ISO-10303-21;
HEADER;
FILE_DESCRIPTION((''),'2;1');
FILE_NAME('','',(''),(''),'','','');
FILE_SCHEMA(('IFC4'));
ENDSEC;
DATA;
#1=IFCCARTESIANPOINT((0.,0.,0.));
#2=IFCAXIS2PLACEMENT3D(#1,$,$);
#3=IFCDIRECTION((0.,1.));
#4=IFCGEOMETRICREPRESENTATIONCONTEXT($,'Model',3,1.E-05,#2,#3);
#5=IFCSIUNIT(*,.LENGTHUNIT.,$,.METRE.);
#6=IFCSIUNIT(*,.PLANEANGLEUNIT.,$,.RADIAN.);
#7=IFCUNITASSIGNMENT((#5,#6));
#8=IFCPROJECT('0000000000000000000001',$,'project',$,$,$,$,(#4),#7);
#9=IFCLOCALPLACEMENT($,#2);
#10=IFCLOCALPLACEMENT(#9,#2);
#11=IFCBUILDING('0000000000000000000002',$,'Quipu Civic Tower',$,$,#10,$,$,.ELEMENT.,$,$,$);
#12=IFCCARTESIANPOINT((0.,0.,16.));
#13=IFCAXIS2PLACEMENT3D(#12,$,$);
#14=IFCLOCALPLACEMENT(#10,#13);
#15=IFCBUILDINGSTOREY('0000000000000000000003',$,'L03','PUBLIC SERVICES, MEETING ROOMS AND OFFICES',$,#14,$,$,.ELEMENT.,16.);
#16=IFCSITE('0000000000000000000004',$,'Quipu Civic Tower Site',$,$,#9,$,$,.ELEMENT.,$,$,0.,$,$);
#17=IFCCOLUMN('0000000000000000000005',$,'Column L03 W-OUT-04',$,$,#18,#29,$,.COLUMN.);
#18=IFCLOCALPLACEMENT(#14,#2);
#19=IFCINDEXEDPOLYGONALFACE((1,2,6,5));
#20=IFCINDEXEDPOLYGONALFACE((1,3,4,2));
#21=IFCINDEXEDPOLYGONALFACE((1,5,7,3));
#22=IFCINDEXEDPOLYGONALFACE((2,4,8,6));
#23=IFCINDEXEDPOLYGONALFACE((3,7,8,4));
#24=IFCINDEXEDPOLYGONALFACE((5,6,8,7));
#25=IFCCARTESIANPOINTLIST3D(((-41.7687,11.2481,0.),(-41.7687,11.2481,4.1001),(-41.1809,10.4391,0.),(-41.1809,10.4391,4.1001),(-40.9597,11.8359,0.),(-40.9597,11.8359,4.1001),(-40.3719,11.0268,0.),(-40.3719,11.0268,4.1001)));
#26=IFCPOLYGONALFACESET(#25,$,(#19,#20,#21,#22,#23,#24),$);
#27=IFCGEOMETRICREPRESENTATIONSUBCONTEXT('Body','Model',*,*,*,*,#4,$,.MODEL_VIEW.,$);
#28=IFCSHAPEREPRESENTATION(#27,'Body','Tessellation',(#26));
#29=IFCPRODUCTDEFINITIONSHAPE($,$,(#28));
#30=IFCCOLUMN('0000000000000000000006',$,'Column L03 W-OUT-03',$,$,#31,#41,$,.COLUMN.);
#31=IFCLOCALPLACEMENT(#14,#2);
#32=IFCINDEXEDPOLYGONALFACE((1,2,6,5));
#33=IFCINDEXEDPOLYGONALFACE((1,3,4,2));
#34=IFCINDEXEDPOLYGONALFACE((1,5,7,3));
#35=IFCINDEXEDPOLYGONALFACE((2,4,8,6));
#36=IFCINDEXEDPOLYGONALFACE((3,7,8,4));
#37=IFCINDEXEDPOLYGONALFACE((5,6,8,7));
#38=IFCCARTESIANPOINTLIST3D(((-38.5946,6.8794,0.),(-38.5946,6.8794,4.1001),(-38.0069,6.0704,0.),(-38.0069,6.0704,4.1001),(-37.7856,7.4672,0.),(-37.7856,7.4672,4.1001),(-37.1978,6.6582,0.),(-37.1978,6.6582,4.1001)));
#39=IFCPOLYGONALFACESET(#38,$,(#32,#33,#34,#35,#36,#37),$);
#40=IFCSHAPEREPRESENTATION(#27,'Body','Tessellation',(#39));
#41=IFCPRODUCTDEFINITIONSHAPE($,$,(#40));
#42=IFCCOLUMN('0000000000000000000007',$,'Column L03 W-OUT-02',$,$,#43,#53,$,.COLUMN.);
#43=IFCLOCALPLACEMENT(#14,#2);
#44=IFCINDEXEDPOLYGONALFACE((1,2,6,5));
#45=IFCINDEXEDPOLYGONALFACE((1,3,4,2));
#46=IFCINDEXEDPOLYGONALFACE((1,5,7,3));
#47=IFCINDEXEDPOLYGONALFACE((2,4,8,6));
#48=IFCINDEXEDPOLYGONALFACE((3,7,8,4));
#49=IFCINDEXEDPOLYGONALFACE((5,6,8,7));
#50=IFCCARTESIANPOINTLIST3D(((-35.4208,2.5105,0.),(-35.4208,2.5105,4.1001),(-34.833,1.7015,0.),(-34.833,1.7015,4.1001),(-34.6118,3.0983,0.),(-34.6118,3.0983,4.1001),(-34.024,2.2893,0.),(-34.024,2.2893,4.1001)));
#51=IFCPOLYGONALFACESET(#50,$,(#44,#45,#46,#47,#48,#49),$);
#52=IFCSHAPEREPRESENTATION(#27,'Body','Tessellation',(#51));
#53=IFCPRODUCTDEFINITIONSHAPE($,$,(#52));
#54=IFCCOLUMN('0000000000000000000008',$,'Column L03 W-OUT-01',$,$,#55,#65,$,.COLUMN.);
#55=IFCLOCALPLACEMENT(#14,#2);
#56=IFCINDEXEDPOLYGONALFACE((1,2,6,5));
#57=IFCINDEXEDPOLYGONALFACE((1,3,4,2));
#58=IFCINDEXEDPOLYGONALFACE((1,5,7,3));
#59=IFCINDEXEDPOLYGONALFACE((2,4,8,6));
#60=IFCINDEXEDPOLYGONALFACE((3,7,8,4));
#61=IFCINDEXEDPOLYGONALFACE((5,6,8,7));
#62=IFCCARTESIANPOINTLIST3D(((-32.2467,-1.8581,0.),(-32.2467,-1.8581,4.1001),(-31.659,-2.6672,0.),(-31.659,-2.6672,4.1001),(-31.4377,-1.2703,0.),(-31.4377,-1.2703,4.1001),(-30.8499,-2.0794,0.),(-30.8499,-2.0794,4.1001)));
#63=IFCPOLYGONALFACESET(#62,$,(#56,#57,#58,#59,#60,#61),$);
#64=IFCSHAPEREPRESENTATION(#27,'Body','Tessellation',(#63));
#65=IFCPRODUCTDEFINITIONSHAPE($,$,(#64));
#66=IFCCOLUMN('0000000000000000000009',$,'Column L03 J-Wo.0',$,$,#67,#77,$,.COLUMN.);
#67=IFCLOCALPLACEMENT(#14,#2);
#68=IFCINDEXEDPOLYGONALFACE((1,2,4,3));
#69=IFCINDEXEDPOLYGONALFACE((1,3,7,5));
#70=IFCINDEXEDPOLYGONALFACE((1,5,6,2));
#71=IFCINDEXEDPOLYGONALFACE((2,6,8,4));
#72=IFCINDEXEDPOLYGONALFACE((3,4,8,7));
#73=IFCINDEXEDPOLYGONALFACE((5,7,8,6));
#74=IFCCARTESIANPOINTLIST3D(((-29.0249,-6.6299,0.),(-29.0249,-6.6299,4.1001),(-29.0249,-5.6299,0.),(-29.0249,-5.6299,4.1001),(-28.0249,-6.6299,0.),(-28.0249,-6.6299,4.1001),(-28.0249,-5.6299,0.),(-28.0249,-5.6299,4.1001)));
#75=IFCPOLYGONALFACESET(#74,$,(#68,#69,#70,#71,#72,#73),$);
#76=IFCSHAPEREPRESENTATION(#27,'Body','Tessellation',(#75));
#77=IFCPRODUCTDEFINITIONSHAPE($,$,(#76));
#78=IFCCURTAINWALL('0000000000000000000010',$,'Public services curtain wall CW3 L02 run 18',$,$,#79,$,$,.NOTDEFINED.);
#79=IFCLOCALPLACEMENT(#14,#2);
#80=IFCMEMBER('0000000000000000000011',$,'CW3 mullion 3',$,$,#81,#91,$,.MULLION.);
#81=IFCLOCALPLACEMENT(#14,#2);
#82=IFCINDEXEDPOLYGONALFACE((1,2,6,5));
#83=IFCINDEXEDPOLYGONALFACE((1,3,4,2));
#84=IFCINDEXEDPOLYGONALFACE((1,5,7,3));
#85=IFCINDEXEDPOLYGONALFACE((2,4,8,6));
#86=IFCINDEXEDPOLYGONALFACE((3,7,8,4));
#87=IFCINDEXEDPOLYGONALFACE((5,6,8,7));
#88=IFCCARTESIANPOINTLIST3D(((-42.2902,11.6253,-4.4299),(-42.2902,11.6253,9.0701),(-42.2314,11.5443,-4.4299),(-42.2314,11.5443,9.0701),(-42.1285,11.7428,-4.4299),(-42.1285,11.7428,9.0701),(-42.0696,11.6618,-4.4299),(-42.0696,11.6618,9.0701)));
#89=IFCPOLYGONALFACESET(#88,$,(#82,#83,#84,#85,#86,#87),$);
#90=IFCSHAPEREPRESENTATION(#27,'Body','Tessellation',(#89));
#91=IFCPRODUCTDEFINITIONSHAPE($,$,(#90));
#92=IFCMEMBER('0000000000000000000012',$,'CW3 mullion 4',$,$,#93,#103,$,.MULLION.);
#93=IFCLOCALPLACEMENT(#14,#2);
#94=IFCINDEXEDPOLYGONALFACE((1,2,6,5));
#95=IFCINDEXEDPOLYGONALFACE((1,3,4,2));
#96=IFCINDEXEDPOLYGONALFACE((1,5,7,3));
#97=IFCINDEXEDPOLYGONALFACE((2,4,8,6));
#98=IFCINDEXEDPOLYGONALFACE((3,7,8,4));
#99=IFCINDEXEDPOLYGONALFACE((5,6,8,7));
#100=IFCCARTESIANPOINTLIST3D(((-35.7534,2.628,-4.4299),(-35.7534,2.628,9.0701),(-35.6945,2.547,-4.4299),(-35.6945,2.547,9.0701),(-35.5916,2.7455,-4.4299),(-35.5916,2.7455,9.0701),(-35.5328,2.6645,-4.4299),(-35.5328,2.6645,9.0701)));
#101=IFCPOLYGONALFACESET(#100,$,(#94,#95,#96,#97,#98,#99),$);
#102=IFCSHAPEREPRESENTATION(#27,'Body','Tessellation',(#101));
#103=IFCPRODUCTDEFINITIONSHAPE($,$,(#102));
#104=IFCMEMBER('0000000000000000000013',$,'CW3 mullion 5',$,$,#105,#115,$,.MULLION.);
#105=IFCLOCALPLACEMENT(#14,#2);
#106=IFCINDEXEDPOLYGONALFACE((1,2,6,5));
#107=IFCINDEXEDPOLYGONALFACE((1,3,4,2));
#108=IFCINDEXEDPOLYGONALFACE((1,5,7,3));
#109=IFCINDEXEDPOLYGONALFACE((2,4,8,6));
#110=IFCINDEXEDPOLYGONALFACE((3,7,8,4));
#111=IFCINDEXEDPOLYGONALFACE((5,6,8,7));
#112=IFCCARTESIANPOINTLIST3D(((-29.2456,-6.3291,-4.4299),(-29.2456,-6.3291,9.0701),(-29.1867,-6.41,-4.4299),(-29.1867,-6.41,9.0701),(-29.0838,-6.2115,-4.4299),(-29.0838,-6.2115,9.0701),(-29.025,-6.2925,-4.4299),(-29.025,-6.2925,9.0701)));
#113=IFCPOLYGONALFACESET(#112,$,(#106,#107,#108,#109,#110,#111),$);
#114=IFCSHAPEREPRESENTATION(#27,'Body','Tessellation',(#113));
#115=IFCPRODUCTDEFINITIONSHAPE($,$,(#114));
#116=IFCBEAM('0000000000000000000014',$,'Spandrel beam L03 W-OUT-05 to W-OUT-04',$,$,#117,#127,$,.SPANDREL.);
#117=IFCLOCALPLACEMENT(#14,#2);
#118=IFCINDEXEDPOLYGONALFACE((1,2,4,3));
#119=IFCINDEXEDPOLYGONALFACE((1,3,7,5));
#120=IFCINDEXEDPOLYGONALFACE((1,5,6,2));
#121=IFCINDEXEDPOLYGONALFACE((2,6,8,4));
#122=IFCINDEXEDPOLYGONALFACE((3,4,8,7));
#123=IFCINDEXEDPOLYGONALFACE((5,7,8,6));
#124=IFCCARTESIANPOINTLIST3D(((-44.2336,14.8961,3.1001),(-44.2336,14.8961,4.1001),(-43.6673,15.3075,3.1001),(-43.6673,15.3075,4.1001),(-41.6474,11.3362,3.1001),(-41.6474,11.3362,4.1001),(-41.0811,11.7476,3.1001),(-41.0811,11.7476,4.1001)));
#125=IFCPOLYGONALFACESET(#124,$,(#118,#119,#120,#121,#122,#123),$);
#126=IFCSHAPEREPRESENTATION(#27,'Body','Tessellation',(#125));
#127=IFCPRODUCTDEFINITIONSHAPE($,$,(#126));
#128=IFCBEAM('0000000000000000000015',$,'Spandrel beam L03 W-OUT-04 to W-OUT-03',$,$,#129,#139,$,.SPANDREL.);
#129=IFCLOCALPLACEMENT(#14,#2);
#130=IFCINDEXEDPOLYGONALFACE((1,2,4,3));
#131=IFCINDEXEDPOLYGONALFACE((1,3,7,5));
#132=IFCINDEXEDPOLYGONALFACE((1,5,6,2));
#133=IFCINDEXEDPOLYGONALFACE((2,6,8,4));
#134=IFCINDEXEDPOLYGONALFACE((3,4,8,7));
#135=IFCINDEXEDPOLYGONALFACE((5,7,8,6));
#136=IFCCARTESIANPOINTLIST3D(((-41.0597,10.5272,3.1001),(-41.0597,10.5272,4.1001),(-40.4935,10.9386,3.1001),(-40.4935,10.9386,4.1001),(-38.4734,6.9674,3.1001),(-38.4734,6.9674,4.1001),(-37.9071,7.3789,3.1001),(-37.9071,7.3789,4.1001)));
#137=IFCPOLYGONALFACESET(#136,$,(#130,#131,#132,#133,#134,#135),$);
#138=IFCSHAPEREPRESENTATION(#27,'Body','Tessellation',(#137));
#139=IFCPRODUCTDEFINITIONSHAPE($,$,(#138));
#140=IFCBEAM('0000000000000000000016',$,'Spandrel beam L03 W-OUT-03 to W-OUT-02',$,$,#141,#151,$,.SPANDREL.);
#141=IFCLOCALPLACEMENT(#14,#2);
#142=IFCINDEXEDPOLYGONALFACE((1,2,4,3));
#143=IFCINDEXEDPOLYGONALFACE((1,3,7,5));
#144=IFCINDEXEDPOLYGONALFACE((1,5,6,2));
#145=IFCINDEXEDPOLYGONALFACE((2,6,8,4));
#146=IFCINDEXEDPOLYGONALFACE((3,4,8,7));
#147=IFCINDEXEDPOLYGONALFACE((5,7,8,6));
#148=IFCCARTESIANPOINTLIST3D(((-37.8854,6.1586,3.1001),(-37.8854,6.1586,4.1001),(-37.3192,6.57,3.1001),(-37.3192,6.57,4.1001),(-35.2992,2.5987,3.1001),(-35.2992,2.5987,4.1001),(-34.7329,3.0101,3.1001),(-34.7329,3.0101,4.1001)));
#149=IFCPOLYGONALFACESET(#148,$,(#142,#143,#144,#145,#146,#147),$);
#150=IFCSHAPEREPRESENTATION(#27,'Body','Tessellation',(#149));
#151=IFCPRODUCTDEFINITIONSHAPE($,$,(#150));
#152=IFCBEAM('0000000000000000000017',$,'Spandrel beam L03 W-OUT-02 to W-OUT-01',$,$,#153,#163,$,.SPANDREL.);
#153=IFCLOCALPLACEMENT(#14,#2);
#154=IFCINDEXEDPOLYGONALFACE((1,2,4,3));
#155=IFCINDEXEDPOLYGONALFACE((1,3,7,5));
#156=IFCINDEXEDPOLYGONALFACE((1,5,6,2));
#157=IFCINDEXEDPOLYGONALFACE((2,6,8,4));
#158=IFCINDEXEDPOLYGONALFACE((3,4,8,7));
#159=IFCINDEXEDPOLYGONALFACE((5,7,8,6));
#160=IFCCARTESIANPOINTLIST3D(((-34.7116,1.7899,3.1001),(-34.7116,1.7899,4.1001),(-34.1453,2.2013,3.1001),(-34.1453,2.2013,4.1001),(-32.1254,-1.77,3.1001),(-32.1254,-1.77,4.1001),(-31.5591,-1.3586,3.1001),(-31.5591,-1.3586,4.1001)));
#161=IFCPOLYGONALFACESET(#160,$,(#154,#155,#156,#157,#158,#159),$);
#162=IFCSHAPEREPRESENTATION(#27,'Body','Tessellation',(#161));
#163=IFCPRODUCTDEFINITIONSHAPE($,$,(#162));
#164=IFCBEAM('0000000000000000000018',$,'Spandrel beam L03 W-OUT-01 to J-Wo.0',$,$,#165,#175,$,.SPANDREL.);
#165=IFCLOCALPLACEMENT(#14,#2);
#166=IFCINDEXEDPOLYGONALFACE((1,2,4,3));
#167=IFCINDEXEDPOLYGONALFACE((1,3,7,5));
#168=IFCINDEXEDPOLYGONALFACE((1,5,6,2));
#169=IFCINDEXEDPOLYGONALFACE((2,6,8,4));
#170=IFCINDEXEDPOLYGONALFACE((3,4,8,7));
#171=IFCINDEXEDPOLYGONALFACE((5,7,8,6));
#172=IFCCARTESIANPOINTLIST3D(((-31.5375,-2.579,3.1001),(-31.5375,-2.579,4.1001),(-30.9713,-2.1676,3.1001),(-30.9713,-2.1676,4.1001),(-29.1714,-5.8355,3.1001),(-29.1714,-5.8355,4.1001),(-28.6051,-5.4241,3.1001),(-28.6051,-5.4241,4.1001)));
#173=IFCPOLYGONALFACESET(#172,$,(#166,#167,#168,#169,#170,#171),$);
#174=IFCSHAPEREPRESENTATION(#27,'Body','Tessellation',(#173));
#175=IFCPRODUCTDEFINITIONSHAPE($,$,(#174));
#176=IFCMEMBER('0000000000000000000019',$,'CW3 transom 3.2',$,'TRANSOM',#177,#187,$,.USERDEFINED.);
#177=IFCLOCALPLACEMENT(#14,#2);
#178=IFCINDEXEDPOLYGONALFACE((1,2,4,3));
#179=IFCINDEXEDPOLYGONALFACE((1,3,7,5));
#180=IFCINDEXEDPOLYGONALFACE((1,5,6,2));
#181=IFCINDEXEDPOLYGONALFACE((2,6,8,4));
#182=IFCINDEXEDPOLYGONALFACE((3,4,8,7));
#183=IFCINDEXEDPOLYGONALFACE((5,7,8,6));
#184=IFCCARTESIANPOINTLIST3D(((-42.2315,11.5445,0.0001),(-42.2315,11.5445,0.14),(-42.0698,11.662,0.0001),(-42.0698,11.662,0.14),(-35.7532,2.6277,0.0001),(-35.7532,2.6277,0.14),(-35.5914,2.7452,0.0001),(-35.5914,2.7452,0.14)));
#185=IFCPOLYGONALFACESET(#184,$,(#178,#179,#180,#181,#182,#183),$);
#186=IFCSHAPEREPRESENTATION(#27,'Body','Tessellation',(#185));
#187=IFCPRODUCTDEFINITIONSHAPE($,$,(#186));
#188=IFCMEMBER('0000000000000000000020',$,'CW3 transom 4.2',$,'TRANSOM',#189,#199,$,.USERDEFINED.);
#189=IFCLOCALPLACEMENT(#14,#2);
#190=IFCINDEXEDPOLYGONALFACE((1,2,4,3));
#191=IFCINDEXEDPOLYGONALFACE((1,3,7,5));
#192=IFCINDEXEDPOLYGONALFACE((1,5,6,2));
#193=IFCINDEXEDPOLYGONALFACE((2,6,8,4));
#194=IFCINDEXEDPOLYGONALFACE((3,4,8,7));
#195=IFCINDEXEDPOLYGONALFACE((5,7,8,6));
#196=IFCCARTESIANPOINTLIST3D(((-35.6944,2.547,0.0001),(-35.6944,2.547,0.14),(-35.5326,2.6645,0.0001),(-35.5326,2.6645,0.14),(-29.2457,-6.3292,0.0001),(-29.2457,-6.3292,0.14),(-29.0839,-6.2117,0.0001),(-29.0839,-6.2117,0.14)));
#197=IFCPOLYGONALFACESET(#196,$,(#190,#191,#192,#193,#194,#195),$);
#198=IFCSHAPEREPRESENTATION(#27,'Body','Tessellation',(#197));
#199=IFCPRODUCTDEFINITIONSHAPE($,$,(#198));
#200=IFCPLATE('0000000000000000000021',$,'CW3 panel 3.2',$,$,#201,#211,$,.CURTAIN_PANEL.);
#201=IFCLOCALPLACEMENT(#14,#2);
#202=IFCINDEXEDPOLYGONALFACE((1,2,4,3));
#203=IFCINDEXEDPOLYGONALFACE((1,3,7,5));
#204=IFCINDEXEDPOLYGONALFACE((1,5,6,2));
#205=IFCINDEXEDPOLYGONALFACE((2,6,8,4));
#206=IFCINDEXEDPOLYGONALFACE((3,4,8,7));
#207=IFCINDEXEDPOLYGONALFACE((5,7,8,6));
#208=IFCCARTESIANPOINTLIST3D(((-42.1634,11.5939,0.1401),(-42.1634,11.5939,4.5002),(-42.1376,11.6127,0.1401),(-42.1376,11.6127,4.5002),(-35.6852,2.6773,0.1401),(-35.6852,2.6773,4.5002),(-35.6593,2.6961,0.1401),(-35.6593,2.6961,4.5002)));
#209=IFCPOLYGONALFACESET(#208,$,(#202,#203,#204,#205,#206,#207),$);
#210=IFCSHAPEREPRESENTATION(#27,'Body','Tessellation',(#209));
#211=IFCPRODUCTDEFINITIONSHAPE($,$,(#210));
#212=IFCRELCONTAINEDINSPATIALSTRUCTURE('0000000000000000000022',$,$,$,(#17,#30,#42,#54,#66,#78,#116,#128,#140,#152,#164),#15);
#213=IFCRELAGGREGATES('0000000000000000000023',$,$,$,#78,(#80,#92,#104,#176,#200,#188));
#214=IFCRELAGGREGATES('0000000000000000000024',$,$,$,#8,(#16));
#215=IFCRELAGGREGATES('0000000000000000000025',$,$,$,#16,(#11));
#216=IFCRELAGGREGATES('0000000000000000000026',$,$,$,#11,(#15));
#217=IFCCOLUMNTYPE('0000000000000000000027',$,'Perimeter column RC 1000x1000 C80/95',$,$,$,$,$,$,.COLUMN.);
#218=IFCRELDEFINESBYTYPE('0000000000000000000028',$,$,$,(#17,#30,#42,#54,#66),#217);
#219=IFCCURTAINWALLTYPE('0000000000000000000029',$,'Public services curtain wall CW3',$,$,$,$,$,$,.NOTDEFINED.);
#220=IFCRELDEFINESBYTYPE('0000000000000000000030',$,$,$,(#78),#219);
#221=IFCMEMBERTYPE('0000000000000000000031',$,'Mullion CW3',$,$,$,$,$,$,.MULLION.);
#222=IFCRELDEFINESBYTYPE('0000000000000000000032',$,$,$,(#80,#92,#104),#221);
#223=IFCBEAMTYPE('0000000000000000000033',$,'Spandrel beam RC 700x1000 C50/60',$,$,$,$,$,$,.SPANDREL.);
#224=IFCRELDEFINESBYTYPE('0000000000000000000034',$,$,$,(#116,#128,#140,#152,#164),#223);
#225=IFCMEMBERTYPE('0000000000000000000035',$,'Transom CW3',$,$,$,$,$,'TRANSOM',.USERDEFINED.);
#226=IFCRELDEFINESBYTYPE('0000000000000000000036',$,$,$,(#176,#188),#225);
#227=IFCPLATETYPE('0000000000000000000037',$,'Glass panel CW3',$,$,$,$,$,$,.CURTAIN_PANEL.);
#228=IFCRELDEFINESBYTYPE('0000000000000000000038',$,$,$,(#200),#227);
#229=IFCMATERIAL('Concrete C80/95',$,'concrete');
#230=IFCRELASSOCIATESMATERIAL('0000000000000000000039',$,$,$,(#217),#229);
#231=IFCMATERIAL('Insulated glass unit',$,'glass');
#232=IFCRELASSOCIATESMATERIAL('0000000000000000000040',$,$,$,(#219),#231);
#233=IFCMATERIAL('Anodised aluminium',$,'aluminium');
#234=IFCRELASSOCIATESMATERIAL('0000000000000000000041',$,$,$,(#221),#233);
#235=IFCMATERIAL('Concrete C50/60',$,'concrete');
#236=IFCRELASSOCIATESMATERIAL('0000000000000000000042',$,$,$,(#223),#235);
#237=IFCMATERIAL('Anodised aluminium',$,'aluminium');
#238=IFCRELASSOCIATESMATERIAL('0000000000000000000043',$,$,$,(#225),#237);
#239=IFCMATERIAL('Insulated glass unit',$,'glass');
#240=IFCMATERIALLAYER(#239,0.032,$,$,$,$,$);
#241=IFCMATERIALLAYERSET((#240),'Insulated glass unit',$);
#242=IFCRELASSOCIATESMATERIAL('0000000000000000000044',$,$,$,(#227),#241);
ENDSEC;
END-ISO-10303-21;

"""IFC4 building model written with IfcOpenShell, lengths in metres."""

from ifc_helpers import new_model, si_unit, direction, frame, origin, origin_2d, place, context, subcontext, project, spatial, rectangle, extrude, material, layer, layer_set, material_profile, profile_set, type_object, element, aggregate, save


model = new_model("IFC4")

# Units and contexts
model_context = context("Model", 3, precision=1e-05, world=origin(), true_north=direction((0.0, 1.0)))
body_context = subcontext(model_context, "Body", "Model", "MODEL_VIEW")
ifc_project = project(units=[si_unit("LENGTHUNIT", "METRE"), si_unit("PLANEANGLEUNIT", "RADIAN")], contexts=[model_context])

# Site, building, storey
site_placement = place(None, origin())
site = spatial("IfcSite", under=ifc_project, at=site_placement, Name="Quipu Civic Tower Site", CompositionType="ELEMENT", RefElevation=0.0)
building_placement = place(site_placement, origin())
building = spatial("IfcBuilding", under=site, at=building_placement, Name="Quipu Civic Tower", CompositionType="ELEMENT")
storey_placement = place(building_placement, frame((0.0, 0.0, 16.0)))
storey = spatial("IfcBuildingStorey", under=building, at=storey_placement, Name="L03", Description="PUBLIC SERVICES, MEETING ROOMS AND OFFICES", CompositionType="ELEMENT", Elevation=16.0)

# Columns
ifc_material_1 = material(Name="Concrete C80/95", Category="concrete")
ifc_material_profile_1 = material_profile(ifc_material_1, rectangle(XDim=1.0, YDim=1.0, at=origin_2d()), Name="RC1000x1000")
ifc_profile_set_1 = profile_set([ifc_material_profile_1], Name="Concrete C80/95")
column_type = type_object("IfcColumnType", Name="Perimeter column RC 1000x1000 C80/95", PredefinedType="COLUMN", material=ifc_profile_set_1)
for number, where, z_axis, x_axis, name in (
    (1, (-41.0703, 11.1375, 0.0), (0.0, 0.0, 1.0), (0.587785, -0.809017, 0.0), "Column L03 W-OUT-04"),
    (2, (-37.8962, 6.7688, 0.0), (0.0, 0.0, 1.0), (0.587785, -0.809017, 0.0), "Column L03 W-OUT-03"),
    (3, (-34.7224, 2.3999, 0.0), (0.0, 0.0, 1.0), (0.587785, -0.809017, 0.0), "Column L03 W-OUT-02"),
    (4, (-31.5483, -1.9688, 0.0), (0.0, 0.0, 1.0), (0.587785, -0.809017, 0.0), "Column L03 W-OUT-01"),
    (5, (-28.5249, -6.1299, 0.0), (0.0, 0.0, 1.0), (1.0, 0.0, 0.0), "Column L03 J-Wo.0"),
):
    element("IfcColumn", number, at=place(storey_placement, frame(where, z_axis=z_axis, x_axis=x_axis)), inside=storey, type_object=column_type, Name=name, PredefinedType="COLUMN", context=body_context, shape_type="SweptSolid", body=[
        extrude(rectangle(XDim=1.0, YDim=1.0, at=origin_2d()), origin(), (0.0, 0.0, 1.0), 4.1001),
    ])

# Curtain wall, members
ifc_material_2 = material(Name="Insulated glass unit", Category="glass")
curtain_wall_type = type_object("IfcCurtainWallType", Name="Public services curtain wall CW3", PredefinedType="NOTDEFINED", material=ifc_material_2)
curtain_wall_placement = place(storey_placement, origin())
curtain_wall = element("IfcCurtainWall", 6, at=curtain_wall_placement, inside=storey, type_object=curtain_wall_type, Name="Public services curtain wall CW3 L02 run 18", PredefinedType="NOTDEFINED")
ifc_material_3 = material(Name="Anodised aluminium", Category="aluminium")
ifc_material_profile_2 = material_profile(ifc_material_3, rectangle(XDim=0.2, YDim=0.1001, at=origin_2d()), Name="RECT 200x100")
ifc_profile_set_2 = profile_set([ifc_material_profile_2], Name="Anodised aluminium")
member_type_1 = type_object("IfcMemberType", Name="Mullion CW3", PredefinedType="MULLION", material=ifc_profile_set_2)
member_1_placement = place(storey_placement, frame((-42.1799, 11.6436, -4.4299), z_axis=(0.0, 0.0, 1.0), x_axis=(0.809017, 0.587785, 0.0)))
member_1 = element("IfcMember", 7, at=member_1_placement, type_object=member_type_1, Name="CW3 mullion 3", PredefinedType="MULLION", context=body_context, shape_type="SweptSolid", body=[
    extrude(rectangle(XDim=0.2, YDim=0.1001, at=origin_2d()), origin(), (0.0, 0.0, 1.0), 13.5),
])
member_2_placement = place(storey_placement, frame((-35.6431, 2.6462, -4.4299), z_axis=(0.0, 0.0, 1.0), x_axis=(0.809017, 0.587785, 0.0)))
member_2 = element("IfcMember", 8, at=member_2_placement, type_object=member_type_1, Name="CW3 mullion 4", PredefinedType="MULLION", context=body_context, shape_type="SweptSolid", body=[
    extrude(rectangle(XDim=0.2, YDim=0.1001, at=origin_2d()), origin(), (0.0, 0.0, 1.0), 13.5),
])
member_3_placement = place(storey_placement, frame((-29.1353, -6.3108, -4.4299), z_axis=(0.0, 0.0, 1.0), x_axis=(0.809017, 0.587785, 0.0)))
member_3 = element("IfcMember", 9, at=member_3_placement, type_object=member_type_1, Name="CW3 mullion 5", PredefinedType="MULLION", context=body_context, shape_type="SweptSolid", body=[
    extrude(rectangle(XDim=0.2, YDim=0.1001, at=origin_2d()), origin(), (0.0, 0.0, 1.0), 13.5),
])

# Beams
ifc_material_4 = material(Name="Concrete C50/60", Category="concrete")
ifc_material_profile_3 = material_profile(ifc_material_4, rectangle(XDim=0.7, YDim=1.0, at=origin_2d()), Name="RC700x1000")
ifc_profile_set_3 = profile_set([ifc_material_profile_3], Name="Concrete C50/60")
beam_type = type_object("IfcBeamType", Name="Spandrel beam RC 700x1000 C50/60", PredefinedType="SPANDREL", material=ifc_profile_set_3)
for number, where, z_axis, x_axis, name in (
    (10, (-43.9504, 15.1018, 3.6001), (0.587759, -0.809036, 0.0), (0.809036, 0.587759, 0.0), "Spandrel beam L03 W-OUT-05 to W-OUT-04"),
    (11, (-40.7766, 10.7329, 3.6001), (0.587796, -0.80901, 0.0), (0.80901, 0.587796, 0.0), "Spandrel beam L03 W-OUT-04 to W-OUT-03"),
    (12, (-37.6023, 6.3643, 3.6001), (0.587759, -0.809036, 0.0), (0.809036, 0.587759, 0.0), "Spandrel beam L03 W-OUT-03 to W-OUT-02"),
    (13, (-34.4285, 1.9956, 3.6001), (0.587759, -0.809036, 0.0), (0.809036, 0.587759, 0.0), "Spandrel beam L03 W-OUT-02 to W-OUT-01"),
):
    element("IfcBeam", number, at=place(storey_placement, frame(where, z_axis=z_axis, x_axis=x_axis)), inside=storey, type_object=beam_type, Name=name, PredefinedType="SPANDREL", context=body_context, shape_type="SweptSolid", body=[
        extrude(rectangle(XDim=0.7, YDim=1.0, at=origin_2d()), origin(), (0.0, 0.0, 1.0), 4.4001),
    ])
beam_placement = place(storey_placement, frame((-31.2544, -2.3733, 3.6001), z_axis=(0.587811, -0.808998, 0.0), x_axis=(0.808998, 0.587811, 0.0)))
element("IfcBeam", 14, at=beam_placement, inside=storey, type_object=beam_type, Name="Spandrel beam L03 W-OUT-01 to J-Wo.0", PredefinedType="SPANDREL", context=body_context, shape_type="SweptSolid", body=[
    extrude(rectangle(XDim=0.7, YDim=1.0, at=origin_2d()), origin(), (0.0, 0.0, 1.0), 4.0254),
])

# Members
ifc_material_5 = material(Name="Anodised aluminium", Category="aluminium")
ifc_material_profile_4 = material_profile(ifc_material_5, rectangle(XDim=0.2, YDim=0.1399, at=origin_2d()), Name="RECT 200x140")
ifc_profile_set_4 = profile_set([ifc_material_profile_4], Name="Anodised aluminium")
member_type_2 = type_object("IfcMemberType", Name="Transom CW3", ElementType="TRANSOM", PredefinedType="USERDEFINED", material=ifc_profile_set_4)
member_4_placement = place(storey_placement, frame((-42.1506, 11.6033, 0.0701), z_axis=(0.587778, -0.809022, 0.0), x_axis=(0.809022, 0.587778, 0.0)))
member_4 = element("IfcMember", 15, at=member_4_placement, type_object=member_type_2, Name="CW3 transom 3.2", ObjectType="TRANSOM", PredefinedType="USERDEFINED", context=body_context, shape_type="SweptSolid", body=[
    extrude(rectangle(XDim=0.2, YDim=0.1399, at=origin_2d()), origin(), (0.0, 0.0, 1.0), 11.0217),
])
member_5_placement = place(storey_placement, frame((-35.6135, 2.6057, 0.0701), z_axis=(0.587772, -0.809027, 0.0), x_axis=(0.809027, 0.587772, 0.0)))
member_5 = element("IfcMember", 16, at=member_5_placement, type_object=member_type_2, Name="CW3 transom 4.2", ObjectType="TRANSOM", PredefinedType="USERDEFINED", context=body_context, shape_type="SweptSolid", body=[
    extrude(rectangle(XDim=0.2, YDim=0.1399, at=origin_2d()), origin(), (0.0, 0.0, 1.0), 10.9714),
])

# Plate
ifc_material_6 = material(Name="Insulated glass unit", Category="glass")
ifc_layer_1 = layer(ifc_material_6, 0.032)
ifc_layer_set_1 = layer_set([ifc_layer_1], Name="Insulated glass unit")
plate_type_1 = type_object("IfcPlateType", Name="Glass panel CW3", PredefinedType="CURTAIN_PANEL", material=ifc_layer_set_1)
plate_1_placement = place(storey_placement, frame((-38.9114, 7.145, 0.1401), z_axis=(0.0, 0.0, 1.0), x_axis=(0.587785, -0.809017, 0.0)))
plate_1 = element("IfcPlate", 17, at=plate_1_placement, type_object=plate_type_1, Name="CW3 panel 3.2", PredefinedType="CURTAIN_PANEL", context=body_context, shape_type="SweptSolid", body=[
    extrude(rectangle(XDim=11.0215, YDim=0.032, at=origin_2d()), origin(), (0.0, 0.0, 1.0), 4.3601),
])
aggregate(curtain_wall, [member_1, member_2, member_3, member_4, plate_1, member_5])

save(model, "model.ifc")
